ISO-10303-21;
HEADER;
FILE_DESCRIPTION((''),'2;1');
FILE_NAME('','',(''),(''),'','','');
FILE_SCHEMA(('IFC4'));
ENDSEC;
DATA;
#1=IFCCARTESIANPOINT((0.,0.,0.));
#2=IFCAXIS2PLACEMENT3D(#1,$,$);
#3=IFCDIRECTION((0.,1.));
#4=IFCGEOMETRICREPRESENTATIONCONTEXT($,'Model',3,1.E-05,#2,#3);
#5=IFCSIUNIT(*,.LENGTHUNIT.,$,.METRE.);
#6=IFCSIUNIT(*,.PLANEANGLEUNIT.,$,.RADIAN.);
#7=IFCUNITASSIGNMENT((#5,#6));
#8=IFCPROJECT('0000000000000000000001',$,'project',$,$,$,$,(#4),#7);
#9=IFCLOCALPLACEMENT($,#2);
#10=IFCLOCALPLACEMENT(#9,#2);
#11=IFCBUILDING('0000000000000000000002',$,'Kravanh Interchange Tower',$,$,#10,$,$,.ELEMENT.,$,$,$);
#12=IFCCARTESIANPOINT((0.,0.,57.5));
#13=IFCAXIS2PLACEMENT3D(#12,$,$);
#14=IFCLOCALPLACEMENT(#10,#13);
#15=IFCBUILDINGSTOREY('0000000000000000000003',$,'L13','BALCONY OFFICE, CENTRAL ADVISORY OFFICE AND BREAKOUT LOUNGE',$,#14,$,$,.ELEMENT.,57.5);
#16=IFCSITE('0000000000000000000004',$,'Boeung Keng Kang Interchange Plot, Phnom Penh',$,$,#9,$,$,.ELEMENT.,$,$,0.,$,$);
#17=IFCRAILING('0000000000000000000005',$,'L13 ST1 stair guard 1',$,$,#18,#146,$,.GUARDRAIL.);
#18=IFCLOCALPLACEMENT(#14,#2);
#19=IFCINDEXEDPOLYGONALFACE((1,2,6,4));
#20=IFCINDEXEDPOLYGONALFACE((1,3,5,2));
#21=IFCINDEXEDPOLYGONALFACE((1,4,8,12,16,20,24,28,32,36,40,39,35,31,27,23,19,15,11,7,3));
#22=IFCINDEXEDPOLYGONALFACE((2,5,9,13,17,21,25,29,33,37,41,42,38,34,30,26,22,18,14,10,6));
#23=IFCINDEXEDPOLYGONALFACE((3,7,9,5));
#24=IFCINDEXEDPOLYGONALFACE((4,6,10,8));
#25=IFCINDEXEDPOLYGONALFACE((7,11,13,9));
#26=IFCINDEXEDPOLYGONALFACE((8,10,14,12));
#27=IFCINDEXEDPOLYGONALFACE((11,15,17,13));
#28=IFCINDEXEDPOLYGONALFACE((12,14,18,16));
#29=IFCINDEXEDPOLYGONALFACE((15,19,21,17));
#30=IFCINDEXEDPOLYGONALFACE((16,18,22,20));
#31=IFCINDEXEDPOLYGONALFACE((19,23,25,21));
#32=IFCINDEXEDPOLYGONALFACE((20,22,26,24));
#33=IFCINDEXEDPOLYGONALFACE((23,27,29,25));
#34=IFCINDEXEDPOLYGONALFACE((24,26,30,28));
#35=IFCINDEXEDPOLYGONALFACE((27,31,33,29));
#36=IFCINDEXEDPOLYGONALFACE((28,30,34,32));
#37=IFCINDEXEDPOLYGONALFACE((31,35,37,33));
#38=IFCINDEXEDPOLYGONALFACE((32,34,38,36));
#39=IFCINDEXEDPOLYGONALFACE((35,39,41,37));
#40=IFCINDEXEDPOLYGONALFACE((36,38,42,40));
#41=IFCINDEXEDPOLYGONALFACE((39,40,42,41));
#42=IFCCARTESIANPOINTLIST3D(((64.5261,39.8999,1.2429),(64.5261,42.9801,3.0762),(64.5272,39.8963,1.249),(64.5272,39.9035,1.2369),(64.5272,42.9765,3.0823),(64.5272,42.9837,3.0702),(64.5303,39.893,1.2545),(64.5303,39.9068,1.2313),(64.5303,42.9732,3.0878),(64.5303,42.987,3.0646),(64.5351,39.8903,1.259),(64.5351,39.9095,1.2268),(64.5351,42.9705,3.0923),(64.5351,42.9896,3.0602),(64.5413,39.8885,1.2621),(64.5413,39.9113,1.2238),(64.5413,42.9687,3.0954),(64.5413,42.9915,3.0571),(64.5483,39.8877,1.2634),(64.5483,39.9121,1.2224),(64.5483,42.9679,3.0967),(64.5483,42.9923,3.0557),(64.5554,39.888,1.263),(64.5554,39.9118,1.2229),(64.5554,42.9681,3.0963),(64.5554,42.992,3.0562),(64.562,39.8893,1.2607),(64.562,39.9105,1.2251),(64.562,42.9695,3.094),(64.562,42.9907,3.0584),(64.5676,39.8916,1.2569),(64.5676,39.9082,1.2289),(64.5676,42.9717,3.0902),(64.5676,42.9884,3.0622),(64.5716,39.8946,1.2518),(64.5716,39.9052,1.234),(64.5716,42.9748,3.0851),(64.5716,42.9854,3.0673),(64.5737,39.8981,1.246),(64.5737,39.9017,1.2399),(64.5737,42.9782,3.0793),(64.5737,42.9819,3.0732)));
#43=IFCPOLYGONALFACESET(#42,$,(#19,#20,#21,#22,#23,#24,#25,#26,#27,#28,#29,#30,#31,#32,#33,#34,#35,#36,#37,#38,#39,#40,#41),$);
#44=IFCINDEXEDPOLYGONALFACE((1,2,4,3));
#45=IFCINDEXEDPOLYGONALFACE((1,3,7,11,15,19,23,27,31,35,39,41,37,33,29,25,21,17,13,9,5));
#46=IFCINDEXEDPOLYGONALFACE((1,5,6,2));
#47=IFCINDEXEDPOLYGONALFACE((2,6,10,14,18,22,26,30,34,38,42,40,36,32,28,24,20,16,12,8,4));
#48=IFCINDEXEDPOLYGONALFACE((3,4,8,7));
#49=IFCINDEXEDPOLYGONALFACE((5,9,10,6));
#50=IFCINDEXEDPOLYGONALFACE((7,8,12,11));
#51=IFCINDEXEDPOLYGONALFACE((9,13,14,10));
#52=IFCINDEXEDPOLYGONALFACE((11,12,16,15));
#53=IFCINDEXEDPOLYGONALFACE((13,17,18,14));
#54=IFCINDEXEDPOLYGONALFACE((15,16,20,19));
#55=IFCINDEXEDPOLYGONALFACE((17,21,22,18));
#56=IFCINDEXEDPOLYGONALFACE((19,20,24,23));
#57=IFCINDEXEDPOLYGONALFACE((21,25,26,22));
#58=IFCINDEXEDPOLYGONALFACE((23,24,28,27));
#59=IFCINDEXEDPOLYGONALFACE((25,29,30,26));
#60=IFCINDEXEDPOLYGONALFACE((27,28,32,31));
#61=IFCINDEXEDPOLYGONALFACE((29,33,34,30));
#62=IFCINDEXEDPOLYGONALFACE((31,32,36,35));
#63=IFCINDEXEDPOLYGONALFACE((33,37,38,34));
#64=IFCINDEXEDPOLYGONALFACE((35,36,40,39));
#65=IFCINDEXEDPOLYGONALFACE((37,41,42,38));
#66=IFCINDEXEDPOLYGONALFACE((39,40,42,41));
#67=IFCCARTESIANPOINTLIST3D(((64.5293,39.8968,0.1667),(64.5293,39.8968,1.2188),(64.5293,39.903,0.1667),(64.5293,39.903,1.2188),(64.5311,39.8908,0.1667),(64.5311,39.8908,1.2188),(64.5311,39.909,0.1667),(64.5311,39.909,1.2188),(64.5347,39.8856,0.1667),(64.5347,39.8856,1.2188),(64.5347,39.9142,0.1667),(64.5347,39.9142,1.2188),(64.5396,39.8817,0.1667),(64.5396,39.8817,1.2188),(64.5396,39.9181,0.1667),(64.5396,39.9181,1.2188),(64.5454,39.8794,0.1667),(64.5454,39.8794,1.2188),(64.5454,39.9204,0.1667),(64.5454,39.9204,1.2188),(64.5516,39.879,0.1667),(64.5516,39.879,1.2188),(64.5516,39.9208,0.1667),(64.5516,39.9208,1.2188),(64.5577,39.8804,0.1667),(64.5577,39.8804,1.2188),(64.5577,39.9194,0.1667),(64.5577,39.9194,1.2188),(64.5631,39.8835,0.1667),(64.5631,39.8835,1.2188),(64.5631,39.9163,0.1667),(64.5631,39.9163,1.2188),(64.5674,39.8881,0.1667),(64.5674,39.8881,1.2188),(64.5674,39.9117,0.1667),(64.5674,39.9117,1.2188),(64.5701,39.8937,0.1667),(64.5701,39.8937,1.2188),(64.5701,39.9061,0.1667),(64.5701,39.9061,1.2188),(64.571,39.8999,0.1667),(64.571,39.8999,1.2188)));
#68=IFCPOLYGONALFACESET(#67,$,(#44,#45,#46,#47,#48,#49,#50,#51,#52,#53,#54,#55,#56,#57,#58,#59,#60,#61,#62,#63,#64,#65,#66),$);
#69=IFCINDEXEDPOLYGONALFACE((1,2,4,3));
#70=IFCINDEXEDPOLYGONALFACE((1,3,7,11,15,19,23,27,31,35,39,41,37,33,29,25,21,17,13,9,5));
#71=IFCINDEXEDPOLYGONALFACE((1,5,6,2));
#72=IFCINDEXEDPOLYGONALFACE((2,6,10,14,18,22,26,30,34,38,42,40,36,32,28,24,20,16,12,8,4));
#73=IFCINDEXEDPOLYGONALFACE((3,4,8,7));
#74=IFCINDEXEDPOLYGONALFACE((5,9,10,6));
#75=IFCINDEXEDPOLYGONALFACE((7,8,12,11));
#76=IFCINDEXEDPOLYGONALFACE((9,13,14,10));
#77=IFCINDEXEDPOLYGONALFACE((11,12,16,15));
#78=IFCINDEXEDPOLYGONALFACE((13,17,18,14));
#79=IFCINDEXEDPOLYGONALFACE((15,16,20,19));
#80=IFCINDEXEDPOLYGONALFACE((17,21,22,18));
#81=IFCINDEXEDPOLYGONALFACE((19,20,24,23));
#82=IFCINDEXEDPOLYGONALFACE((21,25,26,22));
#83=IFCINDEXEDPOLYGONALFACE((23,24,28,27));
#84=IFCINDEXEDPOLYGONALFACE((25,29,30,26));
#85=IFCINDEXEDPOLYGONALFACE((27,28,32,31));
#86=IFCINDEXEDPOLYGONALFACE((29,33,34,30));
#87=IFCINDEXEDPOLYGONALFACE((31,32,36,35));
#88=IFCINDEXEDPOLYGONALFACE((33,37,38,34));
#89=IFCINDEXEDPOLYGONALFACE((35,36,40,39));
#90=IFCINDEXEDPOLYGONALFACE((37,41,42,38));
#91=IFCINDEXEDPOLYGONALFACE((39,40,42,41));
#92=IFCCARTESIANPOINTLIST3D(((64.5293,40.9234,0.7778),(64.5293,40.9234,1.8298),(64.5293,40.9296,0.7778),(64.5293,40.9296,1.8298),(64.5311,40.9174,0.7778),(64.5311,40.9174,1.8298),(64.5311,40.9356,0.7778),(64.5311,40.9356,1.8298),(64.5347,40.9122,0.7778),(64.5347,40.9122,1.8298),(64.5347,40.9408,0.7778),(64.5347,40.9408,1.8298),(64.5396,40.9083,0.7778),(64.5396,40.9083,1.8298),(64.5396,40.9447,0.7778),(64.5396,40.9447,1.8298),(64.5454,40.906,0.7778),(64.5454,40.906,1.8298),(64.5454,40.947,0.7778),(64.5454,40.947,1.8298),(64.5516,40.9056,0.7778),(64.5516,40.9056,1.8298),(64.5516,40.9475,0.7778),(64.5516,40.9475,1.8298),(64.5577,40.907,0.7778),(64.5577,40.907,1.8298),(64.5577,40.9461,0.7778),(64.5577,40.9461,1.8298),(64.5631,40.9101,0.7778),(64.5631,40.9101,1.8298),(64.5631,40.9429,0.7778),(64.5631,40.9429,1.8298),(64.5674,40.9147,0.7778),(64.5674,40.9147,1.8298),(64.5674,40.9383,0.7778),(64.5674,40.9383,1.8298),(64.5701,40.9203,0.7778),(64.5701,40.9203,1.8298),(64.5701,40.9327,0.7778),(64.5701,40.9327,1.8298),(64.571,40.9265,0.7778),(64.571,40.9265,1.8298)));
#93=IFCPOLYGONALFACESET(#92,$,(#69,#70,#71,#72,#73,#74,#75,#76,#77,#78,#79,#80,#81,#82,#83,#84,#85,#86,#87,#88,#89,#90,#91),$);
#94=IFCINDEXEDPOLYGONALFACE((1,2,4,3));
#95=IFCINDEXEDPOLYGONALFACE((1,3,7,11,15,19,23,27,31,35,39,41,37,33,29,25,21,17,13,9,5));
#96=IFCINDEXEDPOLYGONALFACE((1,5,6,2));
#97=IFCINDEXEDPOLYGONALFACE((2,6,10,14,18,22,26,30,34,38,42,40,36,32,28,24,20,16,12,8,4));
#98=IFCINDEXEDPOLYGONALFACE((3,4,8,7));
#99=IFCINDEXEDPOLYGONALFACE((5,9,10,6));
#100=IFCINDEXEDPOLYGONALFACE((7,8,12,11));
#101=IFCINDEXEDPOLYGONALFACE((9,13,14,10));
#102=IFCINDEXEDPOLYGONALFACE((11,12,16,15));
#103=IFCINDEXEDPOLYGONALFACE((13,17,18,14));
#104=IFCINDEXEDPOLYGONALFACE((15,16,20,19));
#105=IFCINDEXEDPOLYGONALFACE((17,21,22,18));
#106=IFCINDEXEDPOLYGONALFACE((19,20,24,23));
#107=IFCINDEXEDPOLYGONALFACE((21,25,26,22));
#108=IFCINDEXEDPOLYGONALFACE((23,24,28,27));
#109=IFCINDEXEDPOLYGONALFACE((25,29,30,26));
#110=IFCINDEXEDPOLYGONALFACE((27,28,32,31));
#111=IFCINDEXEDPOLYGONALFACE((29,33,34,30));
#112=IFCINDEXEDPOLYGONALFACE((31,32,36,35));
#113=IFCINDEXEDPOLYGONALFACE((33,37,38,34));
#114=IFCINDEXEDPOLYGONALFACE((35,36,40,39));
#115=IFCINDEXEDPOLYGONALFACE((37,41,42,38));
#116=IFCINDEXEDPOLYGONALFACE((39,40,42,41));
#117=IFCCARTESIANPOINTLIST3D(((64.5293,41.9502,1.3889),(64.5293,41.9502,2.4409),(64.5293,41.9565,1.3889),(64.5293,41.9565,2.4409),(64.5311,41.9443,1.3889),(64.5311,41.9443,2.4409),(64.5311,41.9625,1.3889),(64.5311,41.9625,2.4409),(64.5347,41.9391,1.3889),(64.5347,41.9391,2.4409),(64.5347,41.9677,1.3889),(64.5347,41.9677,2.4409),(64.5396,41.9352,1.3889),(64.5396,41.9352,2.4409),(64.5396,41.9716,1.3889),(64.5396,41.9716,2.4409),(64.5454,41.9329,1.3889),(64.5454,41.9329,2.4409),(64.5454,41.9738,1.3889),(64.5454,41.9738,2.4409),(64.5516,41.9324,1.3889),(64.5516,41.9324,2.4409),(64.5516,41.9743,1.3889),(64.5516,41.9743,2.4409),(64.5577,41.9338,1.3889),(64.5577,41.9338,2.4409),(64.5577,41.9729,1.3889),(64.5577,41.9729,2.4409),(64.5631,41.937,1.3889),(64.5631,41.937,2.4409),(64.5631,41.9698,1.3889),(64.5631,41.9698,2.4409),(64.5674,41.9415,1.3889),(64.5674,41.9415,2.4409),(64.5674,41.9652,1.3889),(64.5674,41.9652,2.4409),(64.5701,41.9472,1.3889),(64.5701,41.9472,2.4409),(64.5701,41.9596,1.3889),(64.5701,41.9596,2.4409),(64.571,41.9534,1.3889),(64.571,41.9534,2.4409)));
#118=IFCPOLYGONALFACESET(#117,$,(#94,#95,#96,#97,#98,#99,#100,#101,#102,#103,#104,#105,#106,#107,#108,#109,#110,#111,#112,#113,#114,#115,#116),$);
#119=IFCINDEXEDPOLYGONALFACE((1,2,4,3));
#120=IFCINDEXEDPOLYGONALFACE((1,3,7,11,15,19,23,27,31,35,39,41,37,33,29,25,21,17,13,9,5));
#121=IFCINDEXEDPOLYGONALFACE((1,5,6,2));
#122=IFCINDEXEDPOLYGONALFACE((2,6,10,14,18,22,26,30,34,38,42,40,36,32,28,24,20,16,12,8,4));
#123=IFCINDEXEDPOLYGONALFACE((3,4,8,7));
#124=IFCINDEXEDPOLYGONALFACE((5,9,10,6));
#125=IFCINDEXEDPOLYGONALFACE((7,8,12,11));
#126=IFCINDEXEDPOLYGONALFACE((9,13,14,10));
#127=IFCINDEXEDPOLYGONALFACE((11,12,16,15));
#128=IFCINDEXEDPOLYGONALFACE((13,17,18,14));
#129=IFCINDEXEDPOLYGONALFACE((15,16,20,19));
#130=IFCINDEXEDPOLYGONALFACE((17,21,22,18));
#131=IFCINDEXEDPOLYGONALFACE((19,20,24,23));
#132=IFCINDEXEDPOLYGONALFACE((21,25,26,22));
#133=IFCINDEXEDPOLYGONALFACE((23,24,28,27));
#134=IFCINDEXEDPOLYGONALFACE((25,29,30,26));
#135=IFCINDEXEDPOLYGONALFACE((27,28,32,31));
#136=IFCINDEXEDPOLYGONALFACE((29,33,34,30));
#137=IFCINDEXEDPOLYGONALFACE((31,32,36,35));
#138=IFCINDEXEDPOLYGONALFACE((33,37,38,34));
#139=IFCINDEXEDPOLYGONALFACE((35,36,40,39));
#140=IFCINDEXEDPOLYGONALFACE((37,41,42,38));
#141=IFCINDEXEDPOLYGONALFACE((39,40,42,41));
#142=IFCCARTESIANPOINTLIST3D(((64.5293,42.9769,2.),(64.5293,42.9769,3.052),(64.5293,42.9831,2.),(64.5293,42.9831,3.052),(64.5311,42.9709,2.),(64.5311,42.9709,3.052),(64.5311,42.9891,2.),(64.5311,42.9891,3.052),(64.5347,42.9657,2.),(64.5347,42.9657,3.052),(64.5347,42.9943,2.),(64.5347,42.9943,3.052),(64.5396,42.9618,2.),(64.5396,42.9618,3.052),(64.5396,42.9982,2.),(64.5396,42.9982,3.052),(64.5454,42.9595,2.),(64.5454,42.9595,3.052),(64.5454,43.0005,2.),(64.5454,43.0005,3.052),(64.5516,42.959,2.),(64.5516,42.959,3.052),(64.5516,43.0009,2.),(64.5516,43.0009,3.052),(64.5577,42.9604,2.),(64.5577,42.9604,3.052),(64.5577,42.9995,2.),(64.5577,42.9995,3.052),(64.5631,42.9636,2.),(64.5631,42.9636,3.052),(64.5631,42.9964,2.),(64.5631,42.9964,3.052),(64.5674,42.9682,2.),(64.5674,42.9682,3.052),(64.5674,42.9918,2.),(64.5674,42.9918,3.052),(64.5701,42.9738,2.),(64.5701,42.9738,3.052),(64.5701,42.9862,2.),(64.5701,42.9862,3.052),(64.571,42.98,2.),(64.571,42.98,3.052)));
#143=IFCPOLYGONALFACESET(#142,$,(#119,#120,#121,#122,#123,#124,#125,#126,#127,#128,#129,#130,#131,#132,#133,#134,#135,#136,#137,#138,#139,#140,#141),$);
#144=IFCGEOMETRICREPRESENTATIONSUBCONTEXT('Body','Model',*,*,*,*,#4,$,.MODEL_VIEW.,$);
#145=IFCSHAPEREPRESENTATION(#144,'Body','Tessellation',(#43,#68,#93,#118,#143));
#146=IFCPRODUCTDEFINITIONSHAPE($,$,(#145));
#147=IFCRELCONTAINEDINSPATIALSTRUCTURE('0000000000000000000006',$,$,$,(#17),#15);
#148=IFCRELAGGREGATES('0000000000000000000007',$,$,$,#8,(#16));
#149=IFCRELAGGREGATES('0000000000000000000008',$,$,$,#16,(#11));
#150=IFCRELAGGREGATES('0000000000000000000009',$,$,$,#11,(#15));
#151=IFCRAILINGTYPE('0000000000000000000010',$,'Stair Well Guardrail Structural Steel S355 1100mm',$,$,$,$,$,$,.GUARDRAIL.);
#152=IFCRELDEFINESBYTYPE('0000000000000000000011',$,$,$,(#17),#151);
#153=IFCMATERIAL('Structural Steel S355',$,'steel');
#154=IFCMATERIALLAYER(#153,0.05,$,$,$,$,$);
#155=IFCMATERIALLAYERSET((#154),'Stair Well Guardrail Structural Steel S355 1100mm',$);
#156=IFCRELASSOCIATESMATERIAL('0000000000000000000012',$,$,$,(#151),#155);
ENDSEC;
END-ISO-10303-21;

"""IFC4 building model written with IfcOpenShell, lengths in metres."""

from ifc_helpers import new_model, si_unit, direction, frame, origin, origin_2d, place, context, subcontext, project, spatial, circle, extrude, material, layer, layer_set, type_object, element, save


model = new_model("IFC4")

# Units and contexts
model_context = context("Model", 3, precision=1e-05, world=origin(), true_north=direction((0.0, 1.0)))
body_context = subcontext(model_context, "Body", "Model", "MODEL_VIEW")
ifc_project = project(units=[si_unit("LENGTHUNIT", "METRE"), si_unit("PLANEANGLEUNIT", "RADIAN")], contexts=[model_context])

# Site, building, storey
site_placement = place(None, origin())
site = spatial("IfcSite", under=ifc_project, at=site_placement, Name="Boeung Keng Kang Interchange Plot, Phnom Penh", CompositionType="ELEMENT", RefElevation=0.0)
building_placement = place(site_placement, origin())
building = spatial("IfcBuilding", under=site, at=building_placement, Name="Kravanh Interchange Tower", CompositionType="ELEMENT")
storey_placement = place(building_placement, frame((0.0, 0.0, 57.5)))
storey = spatial("IfcBuildingStorey", under=building, at=storey_placement, Name="L13", Description="BALCONY OFFICE, CENTRAL ADVISORY OFFICE AND BREAKOUT LOUNGE", CompositionType="ELEMENT", Elevation=57.5)

# Railing
ifc_material_1 = material(Name="Structural Steel S355", Category="steel")
ifc_layer_1 = layer(ifc_material_1, 0.05)
ifc_layer_set_1 = layer_set([ifc_layer_1], Name="Stair Well Guardrail Structural Steel S355 1100mm")
railing_type_1 = type_object("IfcRailingType", Name="Stair Well Guardrail Structural Steel S355 1100mm", PredefinedType="GUARDRAIL", material=ifc_layer_set_1)
railing_1_placement = place(storey_placement, frame((64.55, 39.8999, 0.1667)))
element("IfcRailing", 1, at=railing_1_placement, inside=storey, type_object=railing_type_1, Name="L13 ST1 stair guard 1", PredefinedType="GUARDRAIL", context=body_context, shape_type="SweptSolid", body=[
    extrude(circle(Radius=0.0239, at=origin_2d()), frame((0.0, 0.0, 1.0762), z_axis=(0.0, 0.859309, 0.511458), x_axis=(-1.0, 0.0, 0.0)), (0.0, 0.0, 1.0), 3.5845),
    extrude(circle(Radius=0.021, at=origin_2d()), origin(), (0.0, 0.0, 1.0), 1.052),
    extrude(circle(Radius=0.021, at=origin_2d()), frame((0.0, 1.0266, 0.6111)), (0.0, 0.0, 1.0), 1.052),
    extrude(circle(Radius=0.021, at=origin_2d()), frame((0.0, 2.0535, 1.2222)), (0.0, 0.0, 1.0), 1.052),
    extrude(circle(Radius=0.021, at=origin_2d()), frame((0.0, 3.0801, 1.8333)), (0.0, 0.0, 1.0), 1.052),
])

save(model, "model.ifc")
